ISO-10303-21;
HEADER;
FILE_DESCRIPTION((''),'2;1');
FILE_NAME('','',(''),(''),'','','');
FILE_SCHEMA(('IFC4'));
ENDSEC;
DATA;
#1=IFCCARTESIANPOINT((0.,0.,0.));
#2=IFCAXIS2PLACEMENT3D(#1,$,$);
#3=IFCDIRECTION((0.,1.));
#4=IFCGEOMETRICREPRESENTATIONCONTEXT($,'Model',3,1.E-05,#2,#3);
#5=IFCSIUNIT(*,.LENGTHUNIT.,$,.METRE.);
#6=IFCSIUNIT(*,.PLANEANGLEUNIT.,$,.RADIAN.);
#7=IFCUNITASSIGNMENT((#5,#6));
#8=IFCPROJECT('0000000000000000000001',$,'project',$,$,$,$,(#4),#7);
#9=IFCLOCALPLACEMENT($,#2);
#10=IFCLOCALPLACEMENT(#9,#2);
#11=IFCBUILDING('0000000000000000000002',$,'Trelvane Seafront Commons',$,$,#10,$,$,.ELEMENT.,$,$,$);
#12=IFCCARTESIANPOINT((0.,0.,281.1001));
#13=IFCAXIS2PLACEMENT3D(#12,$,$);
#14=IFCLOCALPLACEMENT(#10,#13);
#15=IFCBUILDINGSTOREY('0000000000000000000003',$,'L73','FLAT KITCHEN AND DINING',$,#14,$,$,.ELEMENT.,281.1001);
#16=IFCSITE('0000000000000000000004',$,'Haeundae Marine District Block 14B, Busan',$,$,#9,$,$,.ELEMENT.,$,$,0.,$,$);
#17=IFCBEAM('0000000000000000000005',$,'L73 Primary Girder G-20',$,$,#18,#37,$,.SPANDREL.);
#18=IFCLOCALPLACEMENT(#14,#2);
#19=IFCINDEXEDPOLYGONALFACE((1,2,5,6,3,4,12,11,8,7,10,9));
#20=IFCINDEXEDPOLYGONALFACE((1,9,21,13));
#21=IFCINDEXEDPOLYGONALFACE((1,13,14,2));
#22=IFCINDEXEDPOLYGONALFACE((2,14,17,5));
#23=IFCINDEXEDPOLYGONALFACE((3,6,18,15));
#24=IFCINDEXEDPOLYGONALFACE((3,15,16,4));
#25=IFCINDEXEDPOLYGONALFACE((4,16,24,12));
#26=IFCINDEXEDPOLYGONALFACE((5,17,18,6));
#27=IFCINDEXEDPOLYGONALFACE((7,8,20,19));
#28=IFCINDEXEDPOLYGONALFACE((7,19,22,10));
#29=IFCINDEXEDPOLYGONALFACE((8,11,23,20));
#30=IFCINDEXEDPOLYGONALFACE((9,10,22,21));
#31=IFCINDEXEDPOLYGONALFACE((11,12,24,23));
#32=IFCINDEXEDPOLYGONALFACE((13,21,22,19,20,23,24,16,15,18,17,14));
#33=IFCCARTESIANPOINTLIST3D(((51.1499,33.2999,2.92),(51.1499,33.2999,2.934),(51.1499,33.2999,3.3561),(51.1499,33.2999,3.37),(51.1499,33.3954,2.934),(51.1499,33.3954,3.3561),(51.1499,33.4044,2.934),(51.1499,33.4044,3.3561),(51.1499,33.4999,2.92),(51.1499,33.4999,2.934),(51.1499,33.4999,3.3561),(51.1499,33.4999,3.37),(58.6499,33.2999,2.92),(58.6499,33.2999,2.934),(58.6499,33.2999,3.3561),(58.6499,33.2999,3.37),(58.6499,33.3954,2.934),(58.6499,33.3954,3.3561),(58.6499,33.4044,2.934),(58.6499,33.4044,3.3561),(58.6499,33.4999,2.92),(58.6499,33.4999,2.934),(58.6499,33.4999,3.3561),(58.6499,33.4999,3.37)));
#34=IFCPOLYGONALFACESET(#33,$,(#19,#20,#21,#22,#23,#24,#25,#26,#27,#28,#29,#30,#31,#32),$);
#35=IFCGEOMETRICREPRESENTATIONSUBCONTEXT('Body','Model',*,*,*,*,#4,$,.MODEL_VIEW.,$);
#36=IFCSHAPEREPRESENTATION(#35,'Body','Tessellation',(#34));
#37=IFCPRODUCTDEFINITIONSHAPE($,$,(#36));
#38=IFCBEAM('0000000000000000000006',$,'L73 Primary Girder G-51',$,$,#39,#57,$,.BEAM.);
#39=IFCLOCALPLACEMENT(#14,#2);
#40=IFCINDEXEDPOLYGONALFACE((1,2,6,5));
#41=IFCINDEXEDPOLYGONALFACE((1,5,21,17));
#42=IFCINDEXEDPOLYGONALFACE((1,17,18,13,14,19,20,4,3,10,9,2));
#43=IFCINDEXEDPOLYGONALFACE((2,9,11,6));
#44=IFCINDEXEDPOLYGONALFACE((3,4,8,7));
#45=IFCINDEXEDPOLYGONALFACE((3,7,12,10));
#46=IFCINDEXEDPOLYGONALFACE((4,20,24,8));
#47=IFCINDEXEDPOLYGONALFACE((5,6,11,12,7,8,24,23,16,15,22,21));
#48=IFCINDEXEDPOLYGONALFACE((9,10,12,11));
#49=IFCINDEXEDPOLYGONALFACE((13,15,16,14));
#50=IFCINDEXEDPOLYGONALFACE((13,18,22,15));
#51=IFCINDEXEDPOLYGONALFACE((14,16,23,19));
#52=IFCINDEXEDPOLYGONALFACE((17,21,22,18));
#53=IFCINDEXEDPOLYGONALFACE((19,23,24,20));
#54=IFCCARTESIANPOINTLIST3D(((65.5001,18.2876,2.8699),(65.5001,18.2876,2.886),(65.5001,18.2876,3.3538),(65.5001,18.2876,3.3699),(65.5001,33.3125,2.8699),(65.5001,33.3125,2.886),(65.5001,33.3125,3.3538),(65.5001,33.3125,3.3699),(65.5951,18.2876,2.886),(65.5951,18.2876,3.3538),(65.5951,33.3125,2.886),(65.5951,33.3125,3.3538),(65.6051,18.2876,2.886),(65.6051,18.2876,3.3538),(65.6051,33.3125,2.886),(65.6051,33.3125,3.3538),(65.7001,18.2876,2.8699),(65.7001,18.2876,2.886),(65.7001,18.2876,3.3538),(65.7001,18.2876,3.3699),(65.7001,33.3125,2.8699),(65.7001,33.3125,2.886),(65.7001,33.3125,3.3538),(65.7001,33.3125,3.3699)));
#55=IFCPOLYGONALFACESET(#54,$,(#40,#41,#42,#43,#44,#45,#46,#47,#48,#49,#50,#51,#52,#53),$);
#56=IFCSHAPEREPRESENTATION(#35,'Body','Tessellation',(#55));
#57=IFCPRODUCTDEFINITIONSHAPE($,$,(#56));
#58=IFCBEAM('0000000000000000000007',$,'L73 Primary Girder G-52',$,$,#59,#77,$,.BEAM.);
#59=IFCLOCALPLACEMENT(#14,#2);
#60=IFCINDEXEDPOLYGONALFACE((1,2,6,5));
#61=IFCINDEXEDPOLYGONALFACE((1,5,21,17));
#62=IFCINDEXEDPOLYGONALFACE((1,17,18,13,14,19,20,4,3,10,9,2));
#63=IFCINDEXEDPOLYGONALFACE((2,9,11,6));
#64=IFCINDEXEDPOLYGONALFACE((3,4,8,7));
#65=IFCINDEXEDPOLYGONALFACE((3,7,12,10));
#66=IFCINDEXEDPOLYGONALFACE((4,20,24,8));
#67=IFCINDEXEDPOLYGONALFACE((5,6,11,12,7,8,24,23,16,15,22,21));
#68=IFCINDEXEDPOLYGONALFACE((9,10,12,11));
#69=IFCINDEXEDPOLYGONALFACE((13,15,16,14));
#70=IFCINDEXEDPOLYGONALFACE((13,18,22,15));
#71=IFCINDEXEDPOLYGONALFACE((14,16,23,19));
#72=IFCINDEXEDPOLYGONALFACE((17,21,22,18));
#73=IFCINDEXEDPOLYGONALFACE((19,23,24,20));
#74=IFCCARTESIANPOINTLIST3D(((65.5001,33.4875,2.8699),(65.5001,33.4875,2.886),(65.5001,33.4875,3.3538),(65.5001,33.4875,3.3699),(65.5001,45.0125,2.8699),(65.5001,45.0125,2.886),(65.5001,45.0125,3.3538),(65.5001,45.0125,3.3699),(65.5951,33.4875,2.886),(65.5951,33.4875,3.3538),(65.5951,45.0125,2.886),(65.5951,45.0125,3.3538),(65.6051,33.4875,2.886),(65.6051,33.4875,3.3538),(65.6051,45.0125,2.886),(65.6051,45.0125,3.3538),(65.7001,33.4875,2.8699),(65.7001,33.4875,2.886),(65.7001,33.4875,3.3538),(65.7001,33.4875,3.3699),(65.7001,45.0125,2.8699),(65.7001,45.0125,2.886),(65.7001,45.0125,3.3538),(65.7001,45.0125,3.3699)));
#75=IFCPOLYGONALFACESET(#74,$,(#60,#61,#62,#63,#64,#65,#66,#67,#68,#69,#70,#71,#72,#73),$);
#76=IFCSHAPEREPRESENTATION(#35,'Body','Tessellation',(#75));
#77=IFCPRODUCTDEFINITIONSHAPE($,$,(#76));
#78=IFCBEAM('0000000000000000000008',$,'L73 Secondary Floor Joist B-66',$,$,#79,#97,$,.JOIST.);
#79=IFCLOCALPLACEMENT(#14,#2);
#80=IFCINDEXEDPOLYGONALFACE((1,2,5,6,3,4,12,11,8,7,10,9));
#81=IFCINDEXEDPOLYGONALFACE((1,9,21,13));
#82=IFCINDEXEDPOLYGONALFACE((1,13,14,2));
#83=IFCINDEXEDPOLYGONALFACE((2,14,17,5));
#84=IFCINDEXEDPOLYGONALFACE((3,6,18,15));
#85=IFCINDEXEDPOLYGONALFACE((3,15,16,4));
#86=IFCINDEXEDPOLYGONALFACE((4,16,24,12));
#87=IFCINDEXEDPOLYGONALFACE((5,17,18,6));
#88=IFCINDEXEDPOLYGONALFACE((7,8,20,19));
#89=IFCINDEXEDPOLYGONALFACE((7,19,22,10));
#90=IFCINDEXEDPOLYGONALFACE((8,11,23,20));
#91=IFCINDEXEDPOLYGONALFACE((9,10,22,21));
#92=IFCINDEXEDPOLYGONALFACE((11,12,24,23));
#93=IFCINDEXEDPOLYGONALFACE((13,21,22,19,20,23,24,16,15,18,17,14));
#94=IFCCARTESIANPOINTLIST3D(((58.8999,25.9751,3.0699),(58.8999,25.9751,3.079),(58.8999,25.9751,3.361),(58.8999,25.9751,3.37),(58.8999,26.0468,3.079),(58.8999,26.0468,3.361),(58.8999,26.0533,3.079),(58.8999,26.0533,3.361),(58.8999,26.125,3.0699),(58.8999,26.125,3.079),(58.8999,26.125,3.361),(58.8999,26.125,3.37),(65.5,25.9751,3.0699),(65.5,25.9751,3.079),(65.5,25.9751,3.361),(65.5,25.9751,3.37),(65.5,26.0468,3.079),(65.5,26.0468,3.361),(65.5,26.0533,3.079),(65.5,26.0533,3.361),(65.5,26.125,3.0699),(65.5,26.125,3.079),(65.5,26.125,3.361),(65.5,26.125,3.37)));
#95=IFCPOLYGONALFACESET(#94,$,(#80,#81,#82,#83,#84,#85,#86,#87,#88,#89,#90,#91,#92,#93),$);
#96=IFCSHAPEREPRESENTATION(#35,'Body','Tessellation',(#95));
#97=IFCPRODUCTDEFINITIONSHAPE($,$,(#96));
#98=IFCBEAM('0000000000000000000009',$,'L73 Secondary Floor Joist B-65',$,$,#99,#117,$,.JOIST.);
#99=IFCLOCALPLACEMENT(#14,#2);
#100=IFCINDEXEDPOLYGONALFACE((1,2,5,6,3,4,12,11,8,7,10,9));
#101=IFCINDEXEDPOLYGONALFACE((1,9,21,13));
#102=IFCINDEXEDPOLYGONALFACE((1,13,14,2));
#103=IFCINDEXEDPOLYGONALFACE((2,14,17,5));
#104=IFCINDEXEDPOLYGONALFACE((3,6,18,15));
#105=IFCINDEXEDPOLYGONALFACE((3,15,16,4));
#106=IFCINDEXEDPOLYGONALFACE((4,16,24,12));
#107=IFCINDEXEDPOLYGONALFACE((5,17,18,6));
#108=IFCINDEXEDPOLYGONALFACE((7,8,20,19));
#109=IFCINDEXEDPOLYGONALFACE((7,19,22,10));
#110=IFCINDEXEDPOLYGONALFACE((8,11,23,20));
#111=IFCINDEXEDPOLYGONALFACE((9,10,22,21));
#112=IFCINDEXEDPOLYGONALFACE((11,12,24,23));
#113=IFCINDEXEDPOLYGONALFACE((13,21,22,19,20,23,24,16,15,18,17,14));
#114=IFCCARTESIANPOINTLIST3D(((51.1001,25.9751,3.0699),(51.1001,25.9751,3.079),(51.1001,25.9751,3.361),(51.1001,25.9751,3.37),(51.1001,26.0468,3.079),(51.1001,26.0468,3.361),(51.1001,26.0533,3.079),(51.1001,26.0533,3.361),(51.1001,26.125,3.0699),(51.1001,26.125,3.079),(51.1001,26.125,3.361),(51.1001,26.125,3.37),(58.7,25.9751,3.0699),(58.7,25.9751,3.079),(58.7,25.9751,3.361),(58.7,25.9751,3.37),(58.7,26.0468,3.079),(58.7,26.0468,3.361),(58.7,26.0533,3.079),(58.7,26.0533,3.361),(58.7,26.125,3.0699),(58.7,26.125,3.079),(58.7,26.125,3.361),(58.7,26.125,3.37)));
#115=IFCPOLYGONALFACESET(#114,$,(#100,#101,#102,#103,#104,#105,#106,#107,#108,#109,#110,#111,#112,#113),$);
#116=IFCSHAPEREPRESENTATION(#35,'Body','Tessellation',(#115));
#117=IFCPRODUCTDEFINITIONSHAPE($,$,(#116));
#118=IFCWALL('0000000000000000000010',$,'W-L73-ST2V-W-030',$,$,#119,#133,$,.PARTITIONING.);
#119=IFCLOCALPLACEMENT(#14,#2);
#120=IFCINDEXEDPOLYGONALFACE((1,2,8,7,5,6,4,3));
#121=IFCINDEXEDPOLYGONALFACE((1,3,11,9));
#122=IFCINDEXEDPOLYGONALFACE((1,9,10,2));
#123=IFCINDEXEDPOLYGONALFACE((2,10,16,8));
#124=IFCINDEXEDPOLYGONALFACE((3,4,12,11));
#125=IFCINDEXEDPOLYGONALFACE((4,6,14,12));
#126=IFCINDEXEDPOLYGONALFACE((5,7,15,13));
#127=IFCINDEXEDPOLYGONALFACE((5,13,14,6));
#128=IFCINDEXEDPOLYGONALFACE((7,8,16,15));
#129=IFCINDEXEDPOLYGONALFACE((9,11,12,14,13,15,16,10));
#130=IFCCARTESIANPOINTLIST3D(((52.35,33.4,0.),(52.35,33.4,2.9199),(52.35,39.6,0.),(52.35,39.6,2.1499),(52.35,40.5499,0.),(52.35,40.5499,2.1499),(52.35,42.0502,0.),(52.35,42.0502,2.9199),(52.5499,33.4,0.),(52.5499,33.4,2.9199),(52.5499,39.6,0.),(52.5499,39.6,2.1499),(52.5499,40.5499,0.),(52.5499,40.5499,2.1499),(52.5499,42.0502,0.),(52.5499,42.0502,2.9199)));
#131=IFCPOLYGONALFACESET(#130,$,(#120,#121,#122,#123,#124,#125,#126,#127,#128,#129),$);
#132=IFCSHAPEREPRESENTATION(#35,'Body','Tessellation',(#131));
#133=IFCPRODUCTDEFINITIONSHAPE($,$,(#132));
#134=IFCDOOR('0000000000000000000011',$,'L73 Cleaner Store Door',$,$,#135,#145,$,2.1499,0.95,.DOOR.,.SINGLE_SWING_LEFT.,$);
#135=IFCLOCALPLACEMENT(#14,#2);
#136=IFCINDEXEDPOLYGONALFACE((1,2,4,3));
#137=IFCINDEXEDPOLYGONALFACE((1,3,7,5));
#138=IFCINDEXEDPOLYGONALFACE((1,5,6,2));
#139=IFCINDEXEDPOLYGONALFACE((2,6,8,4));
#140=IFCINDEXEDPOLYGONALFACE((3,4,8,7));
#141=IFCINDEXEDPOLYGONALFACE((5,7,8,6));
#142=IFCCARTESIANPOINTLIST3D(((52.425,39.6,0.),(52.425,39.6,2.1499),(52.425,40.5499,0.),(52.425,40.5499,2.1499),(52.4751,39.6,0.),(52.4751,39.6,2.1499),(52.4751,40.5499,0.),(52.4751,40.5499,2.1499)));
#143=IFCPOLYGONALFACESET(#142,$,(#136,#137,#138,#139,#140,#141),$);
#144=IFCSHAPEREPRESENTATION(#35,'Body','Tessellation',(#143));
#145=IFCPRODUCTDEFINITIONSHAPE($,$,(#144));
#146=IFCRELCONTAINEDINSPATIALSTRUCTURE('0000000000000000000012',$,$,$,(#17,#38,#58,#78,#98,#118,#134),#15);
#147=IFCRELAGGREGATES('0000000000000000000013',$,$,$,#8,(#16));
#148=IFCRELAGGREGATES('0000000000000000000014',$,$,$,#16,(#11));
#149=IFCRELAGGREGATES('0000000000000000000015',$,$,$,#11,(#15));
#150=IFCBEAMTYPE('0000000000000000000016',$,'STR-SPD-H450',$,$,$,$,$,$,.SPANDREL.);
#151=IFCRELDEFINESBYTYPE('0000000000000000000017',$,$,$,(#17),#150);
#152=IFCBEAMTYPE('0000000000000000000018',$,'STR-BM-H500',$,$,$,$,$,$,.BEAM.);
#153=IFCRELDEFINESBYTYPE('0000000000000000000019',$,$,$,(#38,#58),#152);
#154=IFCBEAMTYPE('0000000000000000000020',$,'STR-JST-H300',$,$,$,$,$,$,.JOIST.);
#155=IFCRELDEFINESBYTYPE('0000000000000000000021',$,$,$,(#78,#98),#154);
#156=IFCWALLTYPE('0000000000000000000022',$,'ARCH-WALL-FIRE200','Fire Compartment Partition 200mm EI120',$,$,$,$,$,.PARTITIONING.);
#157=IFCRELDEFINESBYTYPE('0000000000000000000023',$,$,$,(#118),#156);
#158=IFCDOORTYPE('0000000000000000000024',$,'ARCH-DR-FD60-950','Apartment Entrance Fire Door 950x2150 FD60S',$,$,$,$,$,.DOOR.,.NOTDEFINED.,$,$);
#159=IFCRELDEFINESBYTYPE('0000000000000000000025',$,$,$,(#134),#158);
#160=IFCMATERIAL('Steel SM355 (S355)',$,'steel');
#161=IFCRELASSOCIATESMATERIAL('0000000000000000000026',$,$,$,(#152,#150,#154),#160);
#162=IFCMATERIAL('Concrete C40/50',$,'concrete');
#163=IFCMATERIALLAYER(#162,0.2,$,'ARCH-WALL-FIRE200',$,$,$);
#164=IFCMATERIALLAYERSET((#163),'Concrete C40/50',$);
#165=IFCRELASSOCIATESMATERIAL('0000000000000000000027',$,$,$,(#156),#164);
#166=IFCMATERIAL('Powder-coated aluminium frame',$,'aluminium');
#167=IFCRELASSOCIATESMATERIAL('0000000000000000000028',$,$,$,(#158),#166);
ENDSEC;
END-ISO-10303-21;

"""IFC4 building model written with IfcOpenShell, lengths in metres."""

from ifc_helpers import new_model, si_unit, direction, frame, frame_2d, origin, origin_2d, place, context, subcontext, project, spatial, rectangle, i_section, extrude, source, transform, mapped, material, layer, layer_set, material_profile, profile_set, type_object, element, fill, save


model = new_model("IFC4")

# Units and contexts
model_context = context("Model", 3, precision=1e-05, world=origin(), true_north=direction((0.0, 1.0)))
body_context = subcontext(model_context, "Body", "Model", "MODEL_VIEW")
ifc_project = project(units=[si_unit("LENGTHUNIT", "METRE"), si_unit("PLANEANGLEUNIT", "RADIAN")], contexts=[model_context])

# Site, building, storey
site_placement = place(None, origin())
site = spatial("IfcSite", under=ifc_project, at=site_placement, Name="Haeundae Marine District Block 14B, Busan", CompositionType="ELEMENT", RefElevation=0.0)
building_placement = place(site_placement, origin())
building = spatial("IfcBuilding", under=site, at=building_placement, Name="Trelvane Seafront Commons", CompositionType="ELEMENT")
storey_placement = place(building_placement, frame((0.0, 0.0, 281.1001)))
storey = spatial("IfcBuildingStorey", under=building, at=storey_placement, Name="L73", Description="FLAT KITCHEN AND DINING", CompositionType="ELEMENT", Elevation=281.1001)

# Shared definitions
ifc_material_1 = material(Name="Steel SM355 (S355)", Category="steel")

# Beams
ifc_material_profile_1 = material_profile(ifc_material_1, i_section(OverallWidth=0.2, OverallDepth=0.5, WebThickness=0.01, FlangeThickness=0.0161, at=origin_2d()), Name="H-500x200x10x16")
ifc_profile_set_1 = profile_set([ifc_material_profile_1], Name="Steel SM355 (S355)")
beam_type_1 = type_object("IfcBeamType", Name="STR-BM-H500", PredefinedType="BEAM", material=ifc_profile_set_1)
ifc_material_profile_2 = material_profile(ifc_material_1, i_section(OverallWidth=0.2, OverallDepth=0.45, WebThickness=0.009, FlangeThickness=0.0139, at=origin_2d()), Name="H-450x200x9x14")
ifc_profile_set_2 = profile_set([ifc_material_profile_2], Name="Steel SM355 (S355)")
beam_type_2 = type_object("IfcBeamType", Name="STR-SPD-H450", PredefinedType="SPANDREL", material=ifc_profile_set_2)
shared_shape_1 = source(origin(), body_context, "Body", "SweptSolid", [
    extrude(i_section(OverallWidth=0.2, OverallDepth=0.45, WebThickness=0.009, FlangeThickness=0.0139, at=origin_2d()), origin(), (0.0, 0.0, 1.0), 7.5),
])
beam_1_placement = place(storey_placement, frame((51.1499, 33.3999, 3.145), z_axis=(1.0, 0.0, 0.0), x_axis=(0.0, 1.0, 0.0)))
element("IfcBeam", 1, at=beam_1_placement, inside=storey, type_object=beam_type_2, Name="L73 Primary Girder G-20", PredefinedType="SPANDREL", context=body_context, shape_type="MappedRepresentation", body=[
    mapped(shared_shape_1, transform((0.0, 0.0, 0.0), x_axis=(1.0, 0.0, 0.0), y_axis=(0.0, 1.0, 0.0), z_axis=(0.0, 0.0, 1.0), scale=1.0)),
])
shared_shape_2 = source(origin(), body_context, "Body", "SweptSolid", [
    extrude(i_section(OverallWidth=0.2, OverallDepth=0.5, WebThickness=0.01, FlangeThickness=0.0161, at=origin_2d()), origin(), (0.0, 0.0, 1.0), 15.0249),
])
beam_2_placement = place(storey_placement, frame((65.6001, 18.2876, 3.1199), z_axis=(0.0, 1.0, 0.0), x_axis=(-1.0, 0.0, 0.0)))
element("IfcBeam", 2, at=beam_2_placement, inside=storey, type_object=beam_type_1, Name="L73 Primary Girder G-51", PredefinedType="BEAM", context=body_context, shape_type="MappedRepresentation", body=[
    mapped(shared_shape_2, transform((0.0, 0.0, 0.0), x_axis=(1.0, 0.0, 0.0), y_axis=(0.0, 1.0, 0.0), z_axis=(0.0, 0.0, 1.0), scale=1.0)),
])
shared_shape_3 = source(origin(), body_context, "Body", "SweptSolid", [
    extrude(i_section(OverallWidth=0.2, OverallDepth=0.5, WebThickness=0.01, FlangeThickness=0.0161, at=origin_2d()), origin(), (0.0, 0.0, 1.0), 11.5249),
])
beam_3_placement = place(storey_placement, frame((65.6001, 33.4875, 3.1199), z_axis=(0.0, 1.0, 0.0), x_axis=(-1.0, 0.0, 0.0)))
element("IfcBeam", 3, at=beam_3_placement, inside=storey, type_object=beam_type_1, Name="L73 Primary Girder G-52", PredefinedType="BEAM", context=body_context, shape_type="MappedRepresentation", body=[
    mapped(shared_shape_3, transform((0.0, 0.0, 0.0), x_axis=(1.0, 0.0, 0.0), y_axis=(0.0, 1.0, 0.0), z_axis=(0.0, 0.0, 1.0), scale=1.0)),
])
ifc_material_profile_3 = material_profile(ifc_material_1, i_section(OverallWidth=0.1499, OverallDepth=0.3, WebThickness=0.0066, FlangeThickness=0.009, at=origin_2d()), Name="H-300x150x6.5x9")
ifc_profile_set_3 = profile_set([ifc_material_profile_3], Name="Steel SM355 (S355)")
beam_type_3 = type_object("IfcBeamType", Name="STR-JST-H300", PredefinedType="JOIST", material=ifc_profile_set_3)
shared_shape_4 = source(origin(), body_context, "Body", "SweptSolid", [
    extrude(i_section(OverallWidth=0.1499, OverallDepth=0.3, WebThickness=0.0066, FlangeThickness=0.009, at=origin_2d()), origin(), (0.0, 0.0, 1.0), 6.6001),
])
beam_4_placement = place(storey_placement, frame((58.8999, 26.05, 3.22), z_axis=(1.0, 0.0, 0.0), x_axis=(0.0, 1.0, 0.0)))
element("IfcBeam", 4, at=beam_4_placement, inside=storey, type_object=beam_type_3, Name="L73 Secondary Floor Joist B-66", PredefinedType="JOIST", context=body_context, shape_type="MappedRepresentation", body=[
    mapped(shared_shape_4, transform((0.0, 0.0, 0.0), x_axis=(1.0, 0.0, 0.0), y_axis=(0.0, 1.0, 0.0), z_axis=(0.0, 0.0, 1.0), scale=1.0)),
])
shared_shape_5 = source(origin(), body_context, "Body", "SweptSolid", [
    extrude(i_section(OverallWidth=0.1499, OverallDepth=0.3, WebThickness=0.0066, FlangeThickness=0.009, at=origin_2d()), origin(), (0.0, 0.0, 1.0), 7.5999),
])
beam_5_placement = place(storey_placement, frame((51.1001, 26.05, 3.22), z_axis=(1.0, 0.0, 0.0), x_axis=(0.0, 1.0, 0.0)))
element("IfcBeam", 5, at=beam_5_placement, inside=storey, type_object=beam_type_3, Name="L73 Secondary Floor Joist B-65", PredefinedType="JOIST", context=body_context, shape_type="MappedRepresentation", body=[
    mapped(shared_shape_5, transform((0.0, 0.0, 0.0), x_axis=(1.0, 0.0, 0.0), y_axis=(0.0, 1.0, 0.0), z_axis=(0.0, 0.0, 1.0), scale=1.0)),
])

# Wall, opening, door
ifc_material_2 = material(Name="Concrete C40/50", Category="concrete")
ifc_layer_1 = layer(ifc_material_2, 0.2, Name="ARCH-WALL-FIRE200")
ifc_layer_set_1 = layer_set([ifc_layer_1], Name="Concrete C40/50")
wall_type_1 = type_object("IfcWallType", Name="ARCH-WALL-FIRE200", Description="Fire Compartment Partition 200mm EI120", PredefinedType="PARTITIONING", material=ifc_layer_set_1)
wall_1_placement = place(storey_placement, frame((52.45, 33.3999, 0.0), z_axis=(0.0, 0.0, 1.0), x_axis=(0.0, 1.0, 0.0)))
wall_1 = element("IfcWall", 6, at=wall_1_placement, inside=storey, type_object=wall_type_1, Name="W-L73-ST2V-W-030", PredefinedType="PARTITIONING", context=body_context, shape_type="SweptSolid", body=[
    extrude(rectangle(XDim=8.6501, YDim=0.2, at=frame_2d((4.3252, 0.0))), origin(), (0.0, 0.0, 1.0), 2.9199),
])
opening_1_placement = place(wall_1_placement, frame((6.2, 0.0, 0.0)))
opening_1 = element("IfcOpeningElement", 7, at=opening_1_placement, cuts=wall_1, PredefinedType="OPENING", context=body_context, shape_type="SweptSolid", body=[
    extrude(rectangle(XDim=0.95, YDim=2.1499, at=frame_2d((0.4751, 1.075))), frame((0.0, 0.1099, 0.0), z_axis=(0.0, -1.0, 0.0), x_axis=(1.0, 0.0, 0.0)), (0.0, 0.0, 1.0), 0.22),
])
ifc_material_3 = material(Name="Powder-coated aluminium frame", Category="aluminium")
door_type_1 = type_object("IfcDoorType", Name="ARCH-DR-FD60-950", Description="Apartment Entrance Fire Door 950x2150 FD60S", OperationType="NOTDEFINED", PredefinedType="DOOR", material=ifc_material_3)
shared_shape_6 = source(origin(), body_context, "Body", "SweptSolid", [
    extrude(rectangle(XDim=0.95, YDim=2.1499, at=frame_2d((0.4751, 1.075))), frame((0.0, 0.0249, 0.0), z_axis=(0.0, -1.0, 0.0), x_axis=(1.0, 0.0, 0.0)), (0.0, 0.0, 1.0), 0.05),
])
door_1_placement = place(opening_1_placement, origin())
door_1 = element("IfcDoor", 8, at=door_1_placement, inside=storey, type_object=door_type_1, Name="L73 Cleaner Store Door", OperationType="SINGLE_SWING_LEFT", OverallHeight=2.1499, OverallWidth=0.95, PredefinedType="DOOR", context=body_context, shape_type="MappedRepresentation", body=[
    mapped(shared_shape_6, transform((0.0, 0.0, 0.0), x_axis=(1.0, 0.0, 0.0), y_axis=(0.0, 1.0, 0.0), z_axis=(0.0, 0.0, 1.0), scale=1.0)),
])
fill(opening_1, door_1)

save(model, "model.ifc")
